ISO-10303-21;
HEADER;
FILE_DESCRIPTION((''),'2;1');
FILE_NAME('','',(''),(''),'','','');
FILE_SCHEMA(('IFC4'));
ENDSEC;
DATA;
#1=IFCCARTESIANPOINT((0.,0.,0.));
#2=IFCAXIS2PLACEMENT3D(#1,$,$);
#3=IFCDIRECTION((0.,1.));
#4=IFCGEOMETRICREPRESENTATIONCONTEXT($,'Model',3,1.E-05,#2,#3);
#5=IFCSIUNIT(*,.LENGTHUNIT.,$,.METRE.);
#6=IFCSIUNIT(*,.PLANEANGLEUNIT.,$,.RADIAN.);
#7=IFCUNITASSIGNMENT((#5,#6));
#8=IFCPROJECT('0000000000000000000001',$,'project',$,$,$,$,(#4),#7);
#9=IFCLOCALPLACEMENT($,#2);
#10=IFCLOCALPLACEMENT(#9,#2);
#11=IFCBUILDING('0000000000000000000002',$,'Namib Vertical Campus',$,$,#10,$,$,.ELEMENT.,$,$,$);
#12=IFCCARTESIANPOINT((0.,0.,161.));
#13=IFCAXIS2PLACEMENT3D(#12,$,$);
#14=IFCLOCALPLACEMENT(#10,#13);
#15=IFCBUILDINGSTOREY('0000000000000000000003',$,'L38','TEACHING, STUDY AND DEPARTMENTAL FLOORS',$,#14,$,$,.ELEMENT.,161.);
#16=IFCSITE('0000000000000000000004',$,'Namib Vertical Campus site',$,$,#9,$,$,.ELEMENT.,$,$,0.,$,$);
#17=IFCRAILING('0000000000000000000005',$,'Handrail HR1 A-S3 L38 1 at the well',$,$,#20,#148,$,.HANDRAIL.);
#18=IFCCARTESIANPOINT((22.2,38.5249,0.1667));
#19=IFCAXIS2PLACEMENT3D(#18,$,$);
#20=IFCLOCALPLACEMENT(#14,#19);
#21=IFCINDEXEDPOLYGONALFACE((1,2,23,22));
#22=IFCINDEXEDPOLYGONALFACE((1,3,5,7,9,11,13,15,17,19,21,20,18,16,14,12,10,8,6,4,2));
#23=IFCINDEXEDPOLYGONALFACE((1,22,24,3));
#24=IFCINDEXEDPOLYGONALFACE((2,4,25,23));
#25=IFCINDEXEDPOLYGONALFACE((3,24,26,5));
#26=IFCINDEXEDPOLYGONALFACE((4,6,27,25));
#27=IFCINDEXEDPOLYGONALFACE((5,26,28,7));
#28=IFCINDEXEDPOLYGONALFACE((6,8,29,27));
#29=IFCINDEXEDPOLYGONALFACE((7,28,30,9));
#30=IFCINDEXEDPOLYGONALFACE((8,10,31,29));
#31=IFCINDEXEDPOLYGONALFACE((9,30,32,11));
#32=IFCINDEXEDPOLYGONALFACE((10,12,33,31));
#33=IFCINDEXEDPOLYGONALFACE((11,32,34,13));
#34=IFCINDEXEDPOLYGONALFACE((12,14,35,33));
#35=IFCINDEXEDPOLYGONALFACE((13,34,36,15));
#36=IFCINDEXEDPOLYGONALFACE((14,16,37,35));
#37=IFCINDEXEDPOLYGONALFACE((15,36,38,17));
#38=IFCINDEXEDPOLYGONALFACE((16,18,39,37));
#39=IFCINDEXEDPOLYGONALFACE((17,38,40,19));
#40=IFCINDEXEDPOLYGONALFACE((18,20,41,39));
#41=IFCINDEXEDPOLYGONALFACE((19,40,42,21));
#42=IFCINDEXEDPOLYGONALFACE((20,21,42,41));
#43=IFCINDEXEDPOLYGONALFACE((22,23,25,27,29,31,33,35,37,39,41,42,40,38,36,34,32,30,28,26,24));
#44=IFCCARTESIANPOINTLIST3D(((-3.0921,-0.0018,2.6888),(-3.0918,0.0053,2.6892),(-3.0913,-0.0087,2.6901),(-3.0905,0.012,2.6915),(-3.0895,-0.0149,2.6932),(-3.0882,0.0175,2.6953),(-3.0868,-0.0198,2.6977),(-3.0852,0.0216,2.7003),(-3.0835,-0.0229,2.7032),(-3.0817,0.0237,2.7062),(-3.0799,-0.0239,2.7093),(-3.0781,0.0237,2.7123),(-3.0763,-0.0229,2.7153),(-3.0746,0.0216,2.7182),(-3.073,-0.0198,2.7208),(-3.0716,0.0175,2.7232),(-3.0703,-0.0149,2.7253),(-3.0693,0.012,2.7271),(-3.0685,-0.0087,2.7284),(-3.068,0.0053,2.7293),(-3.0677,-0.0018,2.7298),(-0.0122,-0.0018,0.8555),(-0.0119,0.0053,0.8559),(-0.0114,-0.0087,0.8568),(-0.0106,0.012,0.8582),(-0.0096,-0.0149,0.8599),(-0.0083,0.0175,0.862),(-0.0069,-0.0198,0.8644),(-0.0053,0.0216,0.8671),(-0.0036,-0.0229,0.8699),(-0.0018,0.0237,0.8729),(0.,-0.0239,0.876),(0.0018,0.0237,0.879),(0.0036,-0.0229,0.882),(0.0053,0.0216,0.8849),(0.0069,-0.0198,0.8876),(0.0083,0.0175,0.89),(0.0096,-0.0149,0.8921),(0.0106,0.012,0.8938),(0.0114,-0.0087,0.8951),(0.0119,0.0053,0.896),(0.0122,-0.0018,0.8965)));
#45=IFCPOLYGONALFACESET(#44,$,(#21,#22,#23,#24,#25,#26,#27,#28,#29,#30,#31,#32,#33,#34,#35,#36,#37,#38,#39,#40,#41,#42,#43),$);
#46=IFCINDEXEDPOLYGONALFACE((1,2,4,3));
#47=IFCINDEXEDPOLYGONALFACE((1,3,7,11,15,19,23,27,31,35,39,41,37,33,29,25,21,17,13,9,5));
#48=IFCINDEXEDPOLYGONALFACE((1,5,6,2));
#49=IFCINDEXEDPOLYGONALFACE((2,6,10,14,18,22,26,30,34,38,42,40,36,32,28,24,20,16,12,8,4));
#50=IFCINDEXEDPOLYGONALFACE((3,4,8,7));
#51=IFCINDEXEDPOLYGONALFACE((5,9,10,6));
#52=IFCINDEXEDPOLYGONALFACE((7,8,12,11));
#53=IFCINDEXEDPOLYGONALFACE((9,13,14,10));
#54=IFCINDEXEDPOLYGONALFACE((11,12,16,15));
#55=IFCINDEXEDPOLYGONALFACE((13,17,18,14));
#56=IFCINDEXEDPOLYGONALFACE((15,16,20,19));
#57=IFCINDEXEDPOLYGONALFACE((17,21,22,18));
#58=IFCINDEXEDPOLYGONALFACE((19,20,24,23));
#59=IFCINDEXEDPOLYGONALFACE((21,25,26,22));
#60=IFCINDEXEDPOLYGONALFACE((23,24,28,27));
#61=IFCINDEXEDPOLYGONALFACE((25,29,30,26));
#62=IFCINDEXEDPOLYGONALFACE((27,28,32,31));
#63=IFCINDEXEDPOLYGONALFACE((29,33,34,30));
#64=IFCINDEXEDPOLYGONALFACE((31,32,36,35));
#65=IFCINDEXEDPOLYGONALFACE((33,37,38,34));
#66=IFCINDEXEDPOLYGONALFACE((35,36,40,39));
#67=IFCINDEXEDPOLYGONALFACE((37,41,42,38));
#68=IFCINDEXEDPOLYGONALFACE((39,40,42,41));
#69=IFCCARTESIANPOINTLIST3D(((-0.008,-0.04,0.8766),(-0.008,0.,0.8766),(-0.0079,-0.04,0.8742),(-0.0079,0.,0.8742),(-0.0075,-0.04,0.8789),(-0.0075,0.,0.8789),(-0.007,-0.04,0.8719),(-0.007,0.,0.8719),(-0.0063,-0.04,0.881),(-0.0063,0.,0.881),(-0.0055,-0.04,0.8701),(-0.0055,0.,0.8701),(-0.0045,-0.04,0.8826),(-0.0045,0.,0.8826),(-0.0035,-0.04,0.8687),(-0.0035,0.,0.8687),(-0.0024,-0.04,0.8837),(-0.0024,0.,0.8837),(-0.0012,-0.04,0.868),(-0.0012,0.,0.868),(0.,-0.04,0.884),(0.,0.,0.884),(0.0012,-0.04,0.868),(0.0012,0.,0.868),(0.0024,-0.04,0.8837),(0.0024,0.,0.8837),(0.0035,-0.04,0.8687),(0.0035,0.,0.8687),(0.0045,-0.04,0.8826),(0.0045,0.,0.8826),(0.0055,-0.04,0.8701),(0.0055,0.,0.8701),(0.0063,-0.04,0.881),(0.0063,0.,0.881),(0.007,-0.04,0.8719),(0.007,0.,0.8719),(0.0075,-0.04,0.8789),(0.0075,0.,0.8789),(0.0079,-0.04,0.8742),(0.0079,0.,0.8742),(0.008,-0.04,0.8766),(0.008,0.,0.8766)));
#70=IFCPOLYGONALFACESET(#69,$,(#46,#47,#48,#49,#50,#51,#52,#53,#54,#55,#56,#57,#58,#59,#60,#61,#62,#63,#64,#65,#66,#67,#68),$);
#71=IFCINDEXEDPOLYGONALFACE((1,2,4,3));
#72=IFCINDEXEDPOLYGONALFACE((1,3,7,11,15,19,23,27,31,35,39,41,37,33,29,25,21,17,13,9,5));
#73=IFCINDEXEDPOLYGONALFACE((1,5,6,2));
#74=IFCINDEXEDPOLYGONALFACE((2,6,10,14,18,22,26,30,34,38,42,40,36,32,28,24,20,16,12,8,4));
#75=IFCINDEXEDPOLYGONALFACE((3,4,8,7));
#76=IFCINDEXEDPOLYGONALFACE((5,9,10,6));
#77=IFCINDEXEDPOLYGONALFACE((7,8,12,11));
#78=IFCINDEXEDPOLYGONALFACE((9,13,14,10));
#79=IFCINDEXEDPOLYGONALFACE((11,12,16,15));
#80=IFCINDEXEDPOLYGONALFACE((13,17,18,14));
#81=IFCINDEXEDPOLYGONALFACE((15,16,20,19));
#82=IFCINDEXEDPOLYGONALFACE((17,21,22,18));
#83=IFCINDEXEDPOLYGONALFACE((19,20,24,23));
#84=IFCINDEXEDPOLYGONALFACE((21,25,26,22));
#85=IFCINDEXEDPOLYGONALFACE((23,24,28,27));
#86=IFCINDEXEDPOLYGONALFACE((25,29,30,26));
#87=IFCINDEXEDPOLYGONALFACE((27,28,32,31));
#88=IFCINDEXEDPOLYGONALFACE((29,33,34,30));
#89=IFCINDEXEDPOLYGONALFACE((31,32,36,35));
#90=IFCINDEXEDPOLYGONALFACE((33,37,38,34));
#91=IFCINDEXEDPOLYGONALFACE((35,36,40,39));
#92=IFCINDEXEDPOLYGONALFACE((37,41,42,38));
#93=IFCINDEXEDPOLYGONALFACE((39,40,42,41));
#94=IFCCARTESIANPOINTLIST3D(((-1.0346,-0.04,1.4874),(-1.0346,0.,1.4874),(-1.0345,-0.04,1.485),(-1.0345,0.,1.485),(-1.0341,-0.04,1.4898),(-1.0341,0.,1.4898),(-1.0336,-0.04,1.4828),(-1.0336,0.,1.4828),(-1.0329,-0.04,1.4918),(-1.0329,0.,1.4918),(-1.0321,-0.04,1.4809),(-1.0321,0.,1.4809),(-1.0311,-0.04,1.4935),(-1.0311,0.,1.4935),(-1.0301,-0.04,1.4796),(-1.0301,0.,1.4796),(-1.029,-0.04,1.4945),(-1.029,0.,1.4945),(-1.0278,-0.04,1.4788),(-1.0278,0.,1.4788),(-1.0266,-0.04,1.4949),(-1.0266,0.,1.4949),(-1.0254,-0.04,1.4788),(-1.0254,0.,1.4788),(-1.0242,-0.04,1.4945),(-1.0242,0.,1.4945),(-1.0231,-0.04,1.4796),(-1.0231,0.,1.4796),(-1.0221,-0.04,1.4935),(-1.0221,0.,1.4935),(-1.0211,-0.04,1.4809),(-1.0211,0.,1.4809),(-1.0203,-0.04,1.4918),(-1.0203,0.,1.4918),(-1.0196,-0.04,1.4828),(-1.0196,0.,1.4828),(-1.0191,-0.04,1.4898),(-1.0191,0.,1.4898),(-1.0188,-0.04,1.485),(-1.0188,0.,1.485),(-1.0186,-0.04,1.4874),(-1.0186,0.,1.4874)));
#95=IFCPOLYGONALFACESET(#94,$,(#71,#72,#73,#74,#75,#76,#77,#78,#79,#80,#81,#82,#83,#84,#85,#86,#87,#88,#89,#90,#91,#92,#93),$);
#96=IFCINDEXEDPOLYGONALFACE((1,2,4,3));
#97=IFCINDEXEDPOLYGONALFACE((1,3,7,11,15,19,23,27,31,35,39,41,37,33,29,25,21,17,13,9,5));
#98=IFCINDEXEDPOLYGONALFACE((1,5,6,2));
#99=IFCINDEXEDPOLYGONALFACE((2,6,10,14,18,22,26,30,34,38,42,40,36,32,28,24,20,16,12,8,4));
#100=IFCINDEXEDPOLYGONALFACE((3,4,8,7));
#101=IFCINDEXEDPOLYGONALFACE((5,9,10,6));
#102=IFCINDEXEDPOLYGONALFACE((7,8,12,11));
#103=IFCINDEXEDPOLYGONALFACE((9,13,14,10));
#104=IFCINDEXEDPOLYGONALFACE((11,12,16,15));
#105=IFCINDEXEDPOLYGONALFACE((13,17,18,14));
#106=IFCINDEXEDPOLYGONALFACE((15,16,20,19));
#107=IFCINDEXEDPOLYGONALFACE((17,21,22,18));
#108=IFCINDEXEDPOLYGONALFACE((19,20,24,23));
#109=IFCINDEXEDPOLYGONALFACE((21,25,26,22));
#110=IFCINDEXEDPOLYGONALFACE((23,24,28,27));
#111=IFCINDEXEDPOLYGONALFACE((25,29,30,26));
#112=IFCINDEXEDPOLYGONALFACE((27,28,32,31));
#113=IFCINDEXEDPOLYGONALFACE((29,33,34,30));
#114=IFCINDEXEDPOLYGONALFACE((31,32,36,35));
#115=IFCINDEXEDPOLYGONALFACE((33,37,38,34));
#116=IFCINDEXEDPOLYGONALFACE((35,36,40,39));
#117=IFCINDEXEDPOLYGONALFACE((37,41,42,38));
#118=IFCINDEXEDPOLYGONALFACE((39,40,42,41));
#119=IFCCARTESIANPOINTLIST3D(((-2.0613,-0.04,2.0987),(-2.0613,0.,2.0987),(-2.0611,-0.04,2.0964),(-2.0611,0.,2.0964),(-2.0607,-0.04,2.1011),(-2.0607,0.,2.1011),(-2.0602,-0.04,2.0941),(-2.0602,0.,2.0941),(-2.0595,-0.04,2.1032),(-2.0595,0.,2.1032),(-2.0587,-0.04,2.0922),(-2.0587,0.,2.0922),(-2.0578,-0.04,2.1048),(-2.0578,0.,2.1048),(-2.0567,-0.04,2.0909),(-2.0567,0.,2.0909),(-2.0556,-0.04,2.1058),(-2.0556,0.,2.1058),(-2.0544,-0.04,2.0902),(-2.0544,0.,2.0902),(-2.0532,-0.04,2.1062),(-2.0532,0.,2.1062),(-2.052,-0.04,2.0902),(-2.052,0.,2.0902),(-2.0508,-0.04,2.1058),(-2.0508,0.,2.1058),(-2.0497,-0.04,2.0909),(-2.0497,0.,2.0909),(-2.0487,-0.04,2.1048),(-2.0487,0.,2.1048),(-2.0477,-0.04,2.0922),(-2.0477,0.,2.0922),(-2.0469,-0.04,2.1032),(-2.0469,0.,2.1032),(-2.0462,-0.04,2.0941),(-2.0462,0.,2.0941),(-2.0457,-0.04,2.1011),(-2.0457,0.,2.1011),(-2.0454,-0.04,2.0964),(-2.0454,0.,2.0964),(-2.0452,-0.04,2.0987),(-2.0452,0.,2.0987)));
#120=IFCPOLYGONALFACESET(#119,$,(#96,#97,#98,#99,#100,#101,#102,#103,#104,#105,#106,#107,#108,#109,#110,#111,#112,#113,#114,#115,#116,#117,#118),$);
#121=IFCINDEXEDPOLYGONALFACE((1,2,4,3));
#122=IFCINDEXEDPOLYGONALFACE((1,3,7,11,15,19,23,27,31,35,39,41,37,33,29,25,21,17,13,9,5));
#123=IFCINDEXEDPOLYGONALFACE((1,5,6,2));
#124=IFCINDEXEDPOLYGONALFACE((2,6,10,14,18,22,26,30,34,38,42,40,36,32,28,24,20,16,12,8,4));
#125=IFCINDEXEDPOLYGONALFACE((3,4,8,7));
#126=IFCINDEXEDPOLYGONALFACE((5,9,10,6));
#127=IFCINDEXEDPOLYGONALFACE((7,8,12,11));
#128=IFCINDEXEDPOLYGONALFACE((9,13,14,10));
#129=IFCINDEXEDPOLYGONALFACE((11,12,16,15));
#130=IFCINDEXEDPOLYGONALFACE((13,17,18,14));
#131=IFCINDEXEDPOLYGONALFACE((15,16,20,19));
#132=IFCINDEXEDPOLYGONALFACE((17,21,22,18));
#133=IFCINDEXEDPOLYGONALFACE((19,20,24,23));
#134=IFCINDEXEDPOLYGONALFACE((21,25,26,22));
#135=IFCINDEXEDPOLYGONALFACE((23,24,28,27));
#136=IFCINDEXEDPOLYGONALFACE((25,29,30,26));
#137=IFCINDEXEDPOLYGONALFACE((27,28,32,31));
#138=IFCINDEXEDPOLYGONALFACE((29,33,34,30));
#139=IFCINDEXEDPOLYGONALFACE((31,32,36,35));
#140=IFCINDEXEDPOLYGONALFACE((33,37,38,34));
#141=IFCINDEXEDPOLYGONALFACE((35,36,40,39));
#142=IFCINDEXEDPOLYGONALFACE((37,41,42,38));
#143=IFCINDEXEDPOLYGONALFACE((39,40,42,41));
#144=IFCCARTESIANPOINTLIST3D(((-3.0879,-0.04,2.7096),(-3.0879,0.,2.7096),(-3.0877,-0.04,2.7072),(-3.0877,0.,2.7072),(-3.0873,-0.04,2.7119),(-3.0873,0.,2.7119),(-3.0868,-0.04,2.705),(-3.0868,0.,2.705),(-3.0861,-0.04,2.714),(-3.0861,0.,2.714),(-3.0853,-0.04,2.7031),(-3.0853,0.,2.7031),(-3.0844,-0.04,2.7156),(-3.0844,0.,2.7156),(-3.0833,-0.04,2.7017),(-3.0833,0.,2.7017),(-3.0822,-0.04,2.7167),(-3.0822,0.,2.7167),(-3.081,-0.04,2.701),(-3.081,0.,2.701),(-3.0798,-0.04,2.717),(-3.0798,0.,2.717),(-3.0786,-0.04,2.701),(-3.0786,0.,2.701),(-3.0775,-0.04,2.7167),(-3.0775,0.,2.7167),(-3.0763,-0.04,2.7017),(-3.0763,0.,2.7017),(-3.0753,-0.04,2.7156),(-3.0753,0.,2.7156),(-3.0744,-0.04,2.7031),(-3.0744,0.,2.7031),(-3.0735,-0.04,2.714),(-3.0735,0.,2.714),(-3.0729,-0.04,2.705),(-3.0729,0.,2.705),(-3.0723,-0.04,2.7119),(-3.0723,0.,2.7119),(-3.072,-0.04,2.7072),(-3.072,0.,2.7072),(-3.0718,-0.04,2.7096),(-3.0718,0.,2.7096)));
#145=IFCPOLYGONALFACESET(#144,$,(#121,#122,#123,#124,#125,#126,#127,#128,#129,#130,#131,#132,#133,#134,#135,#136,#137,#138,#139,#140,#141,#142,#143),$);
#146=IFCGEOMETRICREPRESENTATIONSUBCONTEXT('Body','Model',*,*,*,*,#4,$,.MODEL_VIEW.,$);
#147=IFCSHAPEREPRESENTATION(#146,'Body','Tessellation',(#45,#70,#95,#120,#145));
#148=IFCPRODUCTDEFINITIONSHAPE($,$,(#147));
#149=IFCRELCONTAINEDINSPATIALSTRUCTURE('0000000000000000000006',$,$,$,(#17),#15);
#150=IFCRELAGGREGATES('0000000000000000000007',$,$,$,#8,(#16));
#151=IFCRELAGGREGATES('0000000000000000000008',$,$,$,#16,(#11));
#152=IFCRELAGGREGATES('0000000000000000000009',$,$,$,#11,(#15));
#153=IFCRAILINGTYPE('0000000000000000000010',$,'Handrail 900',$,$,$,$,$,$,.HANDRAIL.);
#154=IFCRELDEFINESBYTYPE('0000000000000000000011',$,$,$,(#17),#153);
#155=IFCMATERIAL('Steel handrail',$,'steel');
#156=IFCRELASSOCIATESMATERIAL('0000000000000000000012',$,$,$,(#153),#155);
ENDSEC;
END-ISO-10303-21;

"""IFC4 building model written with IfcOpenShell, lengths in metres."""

from ifc_helpers import new_model, si_unit, direction, frame, origin, origin_2d, place, context, subcontext, project, spatial, circle, extrude, material, type_object, element, save


model = new_model("IFC4")

# Units and contexts
model_context = context("Model", 3, precision=1e-05, world=origin(), true_north=direction((0.0, 1.0)))
body_context = subcontext(model_context, "Body", "Model", "MODEL_VIEW")
ifc_project = project(units=[si_unit("LENGTHUNIT", "METRE"), si_unit("PLANEANGLEUNIT", "RADIAN")], contexts=[model_context])

# Site, building, storey
site_placement = place(None, origin())
site = spatial("IfcSite", under=ifc_project, at=site_placement, Name="Namib Vertical Campus site", CompositionType="ELEMENT", RefElevation=0.0)
building_placement = place(site_placement, origin())
building = spatial("IfcBuilding", under=site, at=building_placement, Name="Namib Vertical Campus", CompositionType="ELEMENT")
storey_placement = place(building_placement, frame((0.0, 0.0, 161.0)))
storey = spatial("IfcBuildingStorey", under=building, at=storey_placement, Name="L38", Description="TEACHING, STUDY AND DEPARTMENTAL FLOORS", CompositionType="ELEMENT", Elevation=161.0)

# Railing
ifc_material_1 = material(Name="Steel handrail", Category="steel")
railing_type_1 = type_object("IfcRailingType", Name="Handrail 900", PredefinedType="HANDRAIL", material=ifc_material_1)
railing_1_placement = place(storey_placement, frame((22.2, 38.5249, 0.1667)))
element("IfcRailing", 1, at=railing_1_placement, inside=storey, type_object=railing_type_1, Name="Handrail HR1 A-S3 L38 1 at the well", PredefinedType="HANDRAIL", context=body_context, shape_type="SweptSolid", body=[
    extrude(circle(Radius=0.0239, at=origin_2d()), frame((0.0, 0.0, 0.876), z_axis=(-0.859291, 0.0, 0.511487), x_axis=(0.0, -1.0, 0.0)), (0.0, 0.0, 1.0), 3.5842),
    extrude(circle(Radius=0.0081, at=origin_2d()), frame((0.0, 0.0, 0.876), z_axis=(0.0, -1.0, 0.0), x_axis=(0.0, 0.0, 1.0)), (0.0, 0.0, 1.0), 0.04),
    extrude(circle(Radius=0.0081, at=origin_2d()), frame((-1.0266, 0.0, 1.4868), z_axis=(0.0, -1.0, 0.0), x_axis=(0.0, 0.0, 1.0)), (0.0, 0.0, 1.0), 0.04),
    extrude(circle(Radius=0.0081, at=origin_2d()), frame((-2.0532, 0.0, 2.0981), z_axis=(0.0, -1.0, 0.0), x_axis=(0.0, 0.0, 1.0)), (0.0, 0.0, 1.0), 0.04),
    extrude(circle(Radius=0.0081, at=origin_2d()), frame((-3.0798, 0.0, 2.709), z_axis=(0.0, -1.0, 0.0), x_axis=(0.0, 0.0, 1.0)), (0.0, 0.0, 1.0), 0.04),
])

save(model, "model.ifc")
